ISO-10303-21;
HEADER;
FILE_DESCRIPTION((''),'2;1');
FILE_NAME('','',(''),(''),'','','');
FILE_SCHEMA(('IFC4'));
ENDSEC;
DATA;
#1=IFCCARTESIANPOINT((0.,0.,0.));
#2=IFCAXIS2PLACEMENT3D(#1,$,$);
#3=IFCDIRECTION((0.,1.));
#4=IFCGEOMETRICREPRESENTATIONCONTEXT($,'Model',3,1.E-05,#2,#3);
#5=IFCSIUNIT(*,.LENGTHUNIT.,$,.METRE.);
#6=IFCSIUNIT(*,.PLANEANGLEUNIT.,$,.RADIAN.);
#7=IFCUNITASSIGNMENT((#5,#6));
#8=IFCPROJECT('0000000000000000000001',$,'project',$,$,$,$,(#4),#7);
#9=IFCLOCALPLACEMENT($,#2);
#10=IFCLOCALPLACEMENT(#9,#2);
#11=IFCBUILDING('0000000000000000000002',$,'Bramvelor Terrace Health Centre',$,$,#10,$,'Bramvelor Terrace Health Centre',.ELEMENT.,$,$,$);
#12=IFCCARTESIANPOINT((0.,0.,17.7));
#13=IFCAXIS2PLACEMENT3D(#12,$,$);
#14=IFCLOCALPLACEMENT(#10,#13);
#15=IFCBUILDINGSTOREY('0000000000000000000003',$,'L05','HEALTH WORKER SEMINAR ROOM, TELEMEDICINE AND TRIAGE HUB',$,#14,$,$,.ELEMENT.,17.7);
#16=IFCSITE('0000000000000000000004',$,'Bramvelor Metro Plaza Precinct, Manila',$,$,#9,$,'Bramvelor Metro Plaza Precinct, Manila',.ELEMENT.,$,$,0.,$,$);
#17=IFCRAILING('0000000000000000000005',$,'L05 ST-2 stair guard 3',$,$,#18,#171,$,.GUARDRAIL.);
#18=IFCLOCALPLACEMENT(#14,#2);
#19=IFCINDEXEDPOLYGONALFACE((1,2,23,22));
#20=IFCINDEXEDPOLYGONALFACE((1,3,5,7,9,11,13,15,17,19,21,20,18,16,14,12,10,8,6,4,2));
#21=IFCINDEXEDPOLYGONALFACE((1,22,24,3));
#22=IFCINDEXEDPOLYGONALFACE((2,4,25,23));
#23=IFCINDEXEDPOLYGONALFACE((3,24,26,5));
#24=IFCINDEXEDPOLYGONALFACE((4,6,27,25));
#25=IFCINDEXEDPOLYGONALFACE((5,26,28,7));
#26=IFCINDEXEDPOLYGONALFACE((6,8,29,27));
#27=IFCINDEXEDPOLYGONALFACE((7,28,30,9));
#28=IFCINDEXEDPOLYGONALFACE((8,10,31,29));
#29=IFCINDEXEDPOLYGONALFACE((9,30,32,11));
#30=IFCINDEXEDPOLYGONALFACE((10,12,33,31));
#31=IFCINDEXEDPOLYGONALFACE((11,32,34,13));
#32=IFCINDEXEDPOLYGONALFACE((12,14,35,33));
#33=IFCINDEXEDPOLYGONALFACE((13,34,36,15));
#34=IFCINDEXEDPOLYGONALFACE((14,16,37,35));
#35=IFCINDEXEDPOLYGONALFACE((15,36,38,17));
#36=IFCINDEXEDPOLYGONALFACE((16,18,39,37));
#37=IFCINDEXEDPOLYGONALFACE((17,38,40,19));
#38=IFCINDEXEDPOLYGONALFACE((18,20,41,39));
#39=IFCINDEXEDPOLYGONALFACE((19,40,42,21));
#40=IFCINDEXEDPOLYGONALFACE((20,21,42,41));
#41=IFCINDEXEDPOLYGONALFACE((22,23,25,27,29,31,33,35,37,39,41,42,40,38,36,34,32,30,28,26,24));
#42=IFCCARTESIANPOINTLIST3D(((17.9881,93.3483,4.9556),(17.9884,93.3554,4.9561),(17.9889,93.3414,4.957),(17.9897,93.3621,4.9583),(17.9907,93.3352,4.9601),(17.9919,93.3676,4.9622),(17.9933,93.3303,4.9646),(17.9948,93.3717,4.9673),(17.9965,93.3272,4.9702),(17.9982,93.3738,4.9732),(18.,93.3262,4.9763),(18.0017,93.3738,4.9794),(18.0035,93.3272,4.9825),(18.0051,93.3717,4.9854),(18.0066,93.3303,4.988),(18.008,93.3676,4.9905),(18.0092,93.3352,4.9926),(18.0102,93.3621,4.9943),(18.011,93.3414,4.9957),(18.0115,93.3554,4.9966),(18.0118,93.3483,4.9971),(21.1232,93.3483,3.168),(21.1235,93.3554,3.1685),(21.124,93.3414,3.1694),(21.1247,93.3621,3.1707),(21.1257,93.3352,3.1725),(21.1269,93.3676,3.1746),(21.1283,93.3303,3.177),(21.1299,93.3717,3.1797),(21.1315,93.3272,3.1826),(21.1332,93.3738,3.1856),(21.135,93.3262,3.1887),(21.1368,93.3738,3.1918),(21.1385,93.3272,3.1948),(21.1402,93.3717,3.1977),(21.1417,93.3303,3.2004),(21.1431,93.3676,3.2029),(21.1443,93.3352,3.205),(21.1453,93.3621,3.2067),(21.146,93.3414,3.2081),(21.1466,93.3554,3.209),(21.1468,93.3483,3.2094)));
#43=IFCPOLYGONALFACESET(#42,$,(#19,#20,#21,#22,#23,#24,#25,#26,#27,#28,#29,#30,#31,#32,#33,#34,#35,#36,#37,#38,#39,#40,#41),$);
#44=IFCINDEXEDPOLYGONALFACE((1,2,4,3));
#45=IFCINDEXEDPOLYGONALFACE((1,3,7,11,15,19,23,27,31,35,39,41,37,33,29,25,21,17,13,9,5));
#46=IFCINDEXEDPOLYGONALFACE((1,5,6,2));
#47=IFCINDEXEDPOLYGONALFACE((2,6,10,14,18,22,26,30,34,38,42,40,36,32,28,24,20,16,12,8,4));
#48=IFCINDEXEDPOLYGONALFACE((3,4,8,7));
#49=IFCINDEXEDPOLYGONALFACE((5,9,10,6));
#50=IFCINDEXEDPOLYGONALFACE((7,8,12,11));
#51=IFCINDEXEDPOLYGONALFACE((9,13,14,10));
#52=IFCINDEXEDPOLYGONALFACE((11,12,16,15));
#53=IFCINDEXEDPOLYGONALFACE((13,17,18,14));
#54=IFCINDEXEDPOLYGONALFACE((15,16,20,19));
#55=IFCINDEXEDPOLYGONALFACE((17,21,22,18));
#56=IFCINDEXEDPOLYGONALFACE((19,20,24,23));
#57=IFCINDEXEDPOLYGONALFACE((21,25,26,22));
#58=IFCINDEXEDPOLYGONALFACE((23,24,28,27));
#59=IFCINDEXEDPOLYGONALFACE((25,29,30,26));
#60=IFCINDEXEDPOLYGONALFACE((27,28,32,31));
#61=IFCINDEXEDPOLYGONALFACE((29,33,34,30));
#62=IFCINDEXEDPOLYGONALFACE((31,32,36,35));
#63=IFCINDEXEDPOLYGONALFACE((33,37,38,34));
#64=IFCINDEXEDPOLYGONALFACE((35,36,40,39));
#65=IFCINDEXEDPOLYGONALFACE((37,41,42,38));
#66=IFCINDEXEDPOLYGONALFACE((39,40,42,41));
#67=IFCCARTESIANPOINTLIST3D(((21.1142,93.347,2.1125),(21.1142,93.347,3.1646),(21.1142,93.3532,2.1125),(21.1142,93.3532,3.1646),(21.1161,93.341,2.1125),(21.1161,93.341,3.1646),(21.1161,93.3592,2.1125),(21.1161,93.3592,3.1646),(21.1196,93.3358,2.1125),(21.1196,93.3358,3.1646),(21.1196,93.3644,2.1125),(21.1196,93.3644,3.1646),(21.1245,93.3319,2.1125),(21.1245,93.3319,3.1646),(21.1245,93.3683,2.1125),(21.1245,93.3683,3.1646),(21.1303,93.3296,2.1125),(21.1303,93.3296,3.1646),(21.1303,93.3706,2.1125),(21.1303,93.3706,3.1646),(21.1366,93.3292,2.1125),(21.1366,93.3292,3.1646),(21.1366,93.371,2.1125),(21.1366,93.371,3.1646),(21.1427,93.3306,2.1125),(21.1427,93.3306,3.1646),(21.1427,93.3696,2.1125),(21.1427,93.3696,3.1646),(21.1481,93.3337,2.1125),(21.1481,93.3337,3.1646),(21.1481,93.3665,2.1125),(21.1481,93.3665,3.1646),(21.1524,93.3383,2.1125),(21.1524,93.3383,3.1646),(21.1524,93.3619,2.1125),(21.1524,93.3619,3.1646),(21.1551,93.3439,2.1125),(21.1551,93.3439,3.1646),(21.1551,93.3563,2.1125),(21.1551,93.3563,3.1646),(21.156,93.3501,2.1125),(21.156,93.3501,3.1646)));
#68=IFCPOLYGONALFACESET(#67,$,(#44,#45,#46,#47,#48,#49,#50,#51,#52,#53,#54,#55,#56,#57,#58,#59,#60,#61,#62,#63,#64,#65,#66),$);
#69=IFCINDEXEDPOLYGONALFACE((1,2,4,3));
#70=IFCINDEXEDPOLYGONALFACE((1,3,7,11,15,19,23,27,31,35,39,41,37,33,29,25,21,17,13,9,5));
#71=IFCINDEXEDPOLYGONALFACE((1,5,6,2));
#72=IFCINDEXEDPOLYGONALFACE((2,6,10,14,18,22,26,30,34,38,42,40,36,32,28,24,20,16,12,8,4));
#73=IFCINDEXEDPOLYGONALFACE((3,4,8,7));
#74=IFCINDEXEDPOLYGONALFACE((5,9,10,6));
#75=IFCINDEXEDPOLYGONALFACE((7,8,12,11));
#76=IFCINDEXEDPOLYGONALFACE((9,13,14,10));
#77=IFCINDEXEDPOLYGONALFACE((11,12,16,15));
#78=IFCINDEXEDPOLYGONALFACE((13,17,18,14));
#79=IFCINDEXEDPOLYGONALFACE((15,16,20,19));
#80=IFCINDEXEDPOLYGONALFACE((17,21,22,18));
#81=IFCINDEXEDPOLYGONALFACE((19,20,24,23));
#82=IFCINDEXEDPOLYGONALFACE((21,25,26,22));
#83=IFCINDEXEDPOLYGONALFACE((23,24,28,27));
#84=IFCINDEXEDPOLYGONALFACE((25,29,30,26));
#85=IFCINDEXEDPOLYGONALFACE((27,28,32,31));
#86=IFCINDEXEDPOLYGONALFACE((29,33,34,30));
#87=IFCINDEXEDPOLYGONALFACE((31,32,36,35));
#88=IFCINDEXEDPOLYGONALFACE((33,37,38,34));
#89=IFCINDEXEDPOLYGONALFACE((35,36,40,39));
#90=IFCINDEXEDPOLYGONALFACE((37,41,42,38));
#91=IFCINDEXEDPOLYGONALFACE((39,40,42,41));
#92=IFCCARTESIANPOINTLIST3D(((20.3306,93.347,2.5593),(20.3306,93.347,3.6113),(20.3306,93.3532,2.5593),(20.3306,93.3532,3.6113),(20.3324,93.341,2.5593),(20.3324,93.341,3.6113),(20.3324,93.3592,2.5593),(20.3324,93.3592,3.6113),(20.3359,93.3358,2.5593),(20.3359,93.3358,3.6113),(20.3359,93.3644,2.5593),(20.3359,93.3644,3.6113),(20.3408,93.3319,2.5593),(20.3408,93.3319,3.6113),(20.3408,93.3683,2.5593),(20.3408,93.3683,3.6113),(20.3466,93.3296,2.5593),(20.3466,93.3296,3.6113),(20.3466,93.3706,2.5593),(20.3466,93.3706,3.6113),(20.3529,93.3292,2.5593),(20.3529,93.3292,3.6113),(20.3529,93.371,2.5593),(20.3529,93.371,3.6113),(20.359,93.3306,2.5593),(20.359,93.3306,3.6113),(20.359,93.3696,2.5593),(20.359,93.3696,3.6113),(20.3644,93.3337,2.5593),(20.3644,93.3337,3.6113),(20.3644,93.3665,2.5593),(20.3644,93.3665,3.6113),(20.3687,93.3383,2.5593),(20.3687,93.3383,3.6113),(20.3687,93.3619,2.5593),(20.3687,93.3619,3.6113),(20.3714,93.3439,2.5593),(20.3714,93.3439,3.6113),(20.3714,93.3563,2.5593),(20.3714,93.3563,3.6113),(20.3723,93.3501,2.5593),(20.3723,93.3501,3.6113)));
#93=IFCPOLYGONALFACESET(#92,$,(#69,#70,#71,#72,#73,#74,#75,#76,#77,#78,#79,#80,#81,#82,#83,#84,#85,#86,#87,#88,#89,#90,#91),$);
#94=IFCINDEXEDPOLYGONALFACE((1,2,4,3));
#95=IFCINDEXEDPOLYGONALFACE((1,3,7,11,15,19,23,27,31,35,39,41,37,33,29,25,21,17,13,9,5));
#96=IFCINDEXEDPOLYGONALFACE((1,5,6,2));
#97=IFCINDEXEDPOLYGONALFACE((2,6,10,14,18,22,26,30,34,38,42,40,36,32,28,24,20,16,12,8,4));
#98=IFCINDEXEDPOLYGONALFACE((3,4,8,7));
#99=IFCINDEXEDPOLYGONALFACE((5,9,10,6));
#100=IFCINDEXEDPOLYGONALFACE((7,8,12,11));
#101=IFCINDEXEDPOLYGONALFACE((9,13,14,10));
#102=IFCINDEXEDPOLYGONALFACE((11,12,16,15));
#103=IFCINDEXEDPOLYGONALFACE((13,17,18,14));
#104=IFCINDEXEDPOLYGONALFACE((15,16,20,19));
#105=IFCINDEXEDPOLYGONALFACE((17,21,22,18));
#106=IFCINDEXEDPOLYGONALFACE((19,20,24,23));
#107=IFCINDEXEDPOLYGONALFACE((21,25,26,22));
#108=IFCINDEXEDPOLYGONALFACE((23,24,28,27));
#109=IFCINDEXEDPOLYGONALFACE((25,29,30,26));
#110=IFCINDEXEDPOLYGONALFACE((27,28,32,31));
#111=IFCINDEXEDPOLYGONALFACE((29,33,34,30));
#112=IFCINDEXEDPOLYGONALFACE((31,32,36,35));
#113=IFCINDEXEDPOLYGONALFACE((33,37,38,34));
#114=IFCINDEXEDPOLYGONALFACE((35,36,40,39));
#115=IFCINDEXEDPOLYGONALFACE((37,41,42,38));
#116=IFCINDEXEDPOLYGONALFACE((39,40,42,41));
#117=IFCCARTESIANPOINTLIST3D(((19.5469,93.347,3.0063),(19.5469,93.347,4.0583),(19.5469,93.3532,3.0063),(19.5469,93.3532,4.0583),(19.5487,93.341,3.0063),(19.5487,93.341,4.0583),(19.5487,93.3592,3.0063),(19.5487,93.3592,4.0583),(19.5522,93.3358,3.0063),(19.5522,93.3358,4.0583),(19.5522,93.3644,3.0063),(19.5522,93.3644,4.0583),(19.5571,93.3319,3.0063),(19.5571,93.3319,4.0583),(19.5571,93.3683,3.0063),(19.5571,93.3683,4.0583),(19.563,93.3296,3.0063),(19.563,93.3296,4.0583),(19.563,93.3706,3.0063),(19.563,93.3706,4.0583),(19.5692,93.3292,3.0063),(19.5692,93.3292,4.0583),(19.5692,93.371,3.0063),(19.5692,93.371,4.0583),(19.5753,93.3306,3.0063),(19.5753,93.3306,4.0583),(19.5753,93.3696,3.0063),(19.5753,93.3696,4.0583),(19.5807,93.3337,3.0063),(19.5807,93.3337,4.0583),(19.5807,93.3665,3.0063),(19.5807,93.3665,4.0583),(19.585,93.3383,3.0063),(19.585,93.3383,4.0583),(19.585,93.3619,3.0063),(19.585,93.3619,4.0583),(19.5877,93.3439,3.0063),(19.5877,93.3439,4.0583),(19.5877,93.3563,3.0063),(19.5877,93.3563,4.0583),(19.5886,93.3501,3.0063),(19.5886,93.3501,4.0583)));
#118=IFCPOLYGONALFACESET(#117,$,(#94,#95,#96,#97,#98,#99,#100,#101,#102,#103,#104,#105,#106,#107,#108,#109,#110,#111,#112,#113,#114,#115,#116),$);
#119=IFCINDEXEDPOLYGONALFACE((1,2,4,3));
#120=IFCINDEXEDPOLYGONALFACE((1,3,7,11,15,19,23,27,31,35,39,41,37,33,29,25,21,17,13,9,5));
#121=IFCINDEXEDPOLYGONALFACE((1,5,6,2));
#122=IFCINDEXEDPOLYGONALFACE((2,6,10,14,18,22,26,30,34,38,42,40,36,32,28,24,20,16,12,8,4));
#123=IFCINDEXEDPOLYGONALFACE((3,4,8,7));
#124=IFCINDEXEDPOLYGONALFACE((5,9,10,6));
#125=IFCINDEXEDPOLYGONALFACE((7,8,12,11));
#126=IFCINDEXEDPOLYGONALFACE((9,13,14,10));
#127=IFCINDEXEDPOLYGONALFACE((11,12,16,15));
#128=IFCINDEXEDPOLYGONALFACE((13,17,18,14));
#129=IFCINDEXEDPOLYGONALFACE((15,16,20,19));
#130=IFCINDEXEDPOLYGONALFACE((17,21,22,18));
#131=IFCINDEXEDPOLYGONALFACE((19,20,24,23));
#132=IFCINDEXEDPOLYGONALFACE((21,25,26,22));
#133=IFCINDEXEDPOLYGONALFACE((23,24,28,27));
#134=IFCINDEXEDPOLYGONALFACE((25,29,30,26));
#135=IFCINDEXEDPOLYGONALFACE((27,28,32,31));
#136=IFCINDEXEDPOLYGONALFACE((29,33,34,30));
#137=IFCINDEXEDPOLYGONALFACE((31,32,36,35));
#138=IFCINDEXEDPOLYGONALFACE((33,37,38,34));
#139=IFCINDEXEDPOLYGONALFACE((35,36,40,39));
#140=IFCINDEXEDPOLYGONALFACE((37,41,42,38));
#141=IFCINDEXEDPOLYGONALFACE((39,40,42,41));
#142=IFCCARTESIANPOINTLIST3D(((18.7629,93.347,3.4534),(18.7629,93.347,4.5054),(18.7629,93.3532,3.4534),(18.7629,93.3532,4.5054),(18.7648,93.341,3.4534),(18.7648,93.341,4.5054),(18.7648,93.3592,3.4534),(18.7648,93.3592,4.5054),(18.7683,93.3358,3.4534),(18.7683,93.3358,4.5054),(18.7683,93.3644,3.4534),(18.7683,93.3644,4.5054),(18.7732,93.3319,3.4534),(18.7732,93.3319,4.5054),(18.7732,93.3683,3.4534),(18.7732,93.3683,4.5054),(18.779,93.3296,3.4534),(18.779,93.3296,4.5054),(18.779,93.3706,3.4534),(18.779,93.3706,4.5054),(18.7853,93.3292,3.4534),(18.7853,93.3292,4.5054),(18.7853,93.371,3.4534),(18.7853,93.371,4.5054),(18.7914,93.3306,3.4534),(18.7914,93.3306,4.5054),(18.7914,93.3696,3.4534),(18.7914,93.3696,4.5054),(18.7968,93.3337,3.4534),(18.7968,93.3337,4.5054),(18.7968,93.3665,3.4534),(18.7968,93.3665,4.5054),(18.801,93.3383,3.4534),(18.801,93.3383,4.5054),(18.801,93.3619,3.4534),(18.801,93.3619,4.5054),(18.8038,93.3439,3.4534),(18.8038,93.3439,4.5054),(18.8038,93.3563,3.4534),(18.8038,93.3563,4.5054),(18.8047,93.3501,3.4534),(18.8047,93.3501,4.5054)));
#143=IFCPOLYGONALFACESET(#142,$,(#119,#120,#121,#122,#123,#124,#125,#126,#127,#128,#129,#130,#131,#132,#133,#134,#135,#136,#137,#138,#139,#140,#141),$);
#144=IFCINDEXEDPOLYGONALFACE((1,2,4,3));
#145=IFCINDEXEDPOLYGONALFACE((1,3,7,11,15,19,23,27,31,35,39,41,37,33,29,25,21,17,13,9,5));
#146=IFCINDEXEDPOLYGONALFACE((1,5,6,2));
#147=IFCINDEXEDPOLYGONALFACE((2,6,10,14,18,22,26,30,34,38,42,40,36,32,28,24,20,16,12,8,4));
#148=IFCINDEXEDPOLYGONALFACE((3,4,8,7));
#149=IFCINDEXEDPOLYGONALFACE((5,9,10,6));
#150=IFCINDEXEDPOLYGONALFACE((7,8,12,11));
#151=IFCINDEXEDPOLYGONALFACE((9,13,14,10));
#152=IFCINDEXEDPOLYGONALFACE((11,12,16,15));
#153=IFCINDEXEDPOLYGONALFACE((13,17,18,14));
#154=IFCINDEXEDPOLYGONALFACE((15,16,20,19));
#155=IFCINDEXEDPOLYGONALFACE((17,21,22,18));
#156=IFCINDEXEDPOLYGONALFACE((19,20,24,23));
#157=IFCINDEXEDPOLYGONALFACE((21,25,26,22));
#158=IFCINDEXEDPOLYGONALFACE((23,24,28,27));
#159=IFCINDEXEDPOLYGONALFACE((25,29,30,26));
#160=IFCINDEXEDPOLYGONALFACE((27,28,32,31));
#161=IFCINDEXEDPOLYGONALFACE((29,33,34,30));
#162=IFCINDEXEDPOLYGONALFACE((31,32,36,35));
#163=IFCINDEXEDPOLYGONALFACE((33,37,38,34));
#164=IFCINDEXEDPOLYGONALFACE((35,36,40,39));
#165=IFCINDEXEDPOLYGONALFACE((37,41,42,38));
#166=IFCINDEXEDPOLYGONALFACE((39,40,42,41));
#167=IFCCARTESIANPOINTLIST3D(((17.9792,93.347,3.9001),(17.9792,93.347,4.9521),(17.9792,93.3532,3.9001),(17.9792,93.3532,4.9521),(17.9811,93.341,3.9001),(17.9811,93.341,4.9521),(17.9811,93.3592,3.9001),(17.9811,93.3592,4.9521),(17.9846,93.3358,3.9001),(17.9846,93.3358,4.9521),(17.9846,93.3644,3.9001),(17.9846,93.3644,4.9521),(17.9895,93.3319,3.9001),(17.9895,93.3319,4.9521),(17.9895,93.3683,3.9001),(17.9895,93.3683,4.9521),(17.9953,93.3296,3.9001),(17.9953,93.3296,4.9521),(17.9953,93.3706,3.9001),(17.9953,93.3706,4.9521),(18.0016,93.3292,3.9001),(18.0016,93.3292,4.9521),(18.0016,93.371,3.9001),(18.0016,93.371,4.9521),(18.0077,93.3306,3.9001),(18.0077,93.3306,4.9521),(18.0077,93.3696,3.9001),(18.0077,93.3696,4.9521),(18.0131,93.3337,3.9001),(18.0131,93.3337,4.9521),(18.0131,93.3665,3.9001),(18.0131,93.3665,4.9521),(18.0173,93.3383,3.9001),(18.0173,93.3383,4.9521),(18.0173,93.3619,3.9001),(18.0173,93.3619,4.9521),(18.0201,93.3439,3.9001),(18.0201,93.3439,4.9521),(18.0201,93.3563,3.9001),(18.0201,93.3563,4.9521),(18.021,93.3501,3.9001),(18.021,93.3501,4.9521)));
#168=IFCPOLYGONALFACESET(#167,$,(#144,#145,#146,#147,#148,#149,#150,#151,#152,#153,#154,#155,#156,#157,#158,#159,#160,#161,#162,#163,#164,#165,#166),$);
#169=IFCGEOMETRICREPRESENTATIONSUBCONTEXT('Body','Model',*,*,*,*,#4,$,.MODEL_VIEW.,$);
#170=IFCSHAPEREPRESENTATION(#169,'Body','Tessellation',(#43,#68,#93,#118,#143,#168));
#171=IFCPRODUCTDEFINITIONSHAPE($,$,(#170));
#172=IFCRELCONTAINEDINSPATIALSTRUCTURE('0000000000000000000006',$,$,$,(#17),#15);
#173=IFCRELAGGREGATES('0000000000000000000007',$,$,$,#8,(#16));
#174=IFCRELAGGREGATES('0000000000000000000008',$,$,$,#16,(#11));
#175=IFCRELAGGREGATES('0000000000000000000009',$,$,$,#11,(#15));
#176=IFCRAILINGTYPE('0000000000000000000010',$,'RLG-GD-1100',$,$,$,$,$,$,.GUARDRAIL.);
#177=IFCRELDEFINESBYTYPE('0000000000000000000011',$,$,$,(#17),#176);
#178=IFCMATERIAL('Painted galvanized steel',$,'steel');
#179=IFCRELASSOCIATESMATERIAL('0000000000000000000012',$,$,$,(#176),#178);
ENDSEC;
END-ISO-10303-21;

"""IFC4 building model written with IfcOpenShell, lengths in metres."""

from ifc_helpers import new_model, si_unit, direction, frame, origin, origin_2d, place, context, subcontext, project, spatial, circle, extrude, material, type_object, element, save


model = new_model("IFC4")

# Units and contexts
model_context = context("Model", 3, precision=1e-05, world=origin(), true_north=direction((0.0, 1.0)))
body_context = subcontext(model_context, "Body", "Model", "MODEL_VIEW")
ifc_project = project(units=[si_unit("LENGTHUNIT", "METRE"), si_unit("PLANEANGLEUNIT", "RADIAN")], contexts=[model_context])

# Site, building, storey
site_placement = place(None, origin())
site = spatial("IfcSite", under=ifc_project, at=site_placement, Name="Bramvelor Metro Plaza Precinct, Manila", LongName="Bramvelor Metro Plaza Precinct, Manila", CompositionType="ELEMENT", RefElevation=0.0)
building_placement = place(site_placement, origin())
building = spatial("IfcBuilding", under=site, at=building_placement, Name="Bramvelor Terrace Health Centre", LongName="Bramvelor Terrace Health Centre", CompositionType="ELEMENT")
storey_placement = place(building_placement, frame((0.0, 0.0, 17.7)))
storey = spatial("IfcBuildingStorey", under=building, at=storey_placement, Name="L05", Description="HEALTH WORKER SEMINAR ROOM, TELEMEDICINE AND TRIAGE HUB", CompositionType="ELEMENT", Elevation=17.7)

# Railing
ifc_material_1 = material(Name="Painted galvanized steel", Category="steel")
railing_type_1 = type_object("IfcRailingType", Name="RLG-GD-1100", PredefinedType="GUARDRAIL", material=ifc_material_1)
railing_1_placement = place(storey_placement, frame((21.135, 93.3501, 2.1125)))
element("IfcRailing", 1, at=railing_1_placement, inside=storey, type_object=railing_type_1, Name="L05 ST-2 stair guard 3", PredefinedType="GUARDRAIL", context=body_context, shape_type="SweptSolid", body=[
    extrude(circle(Radius=0.0239, at=origin_2d()), frame((0.0, 0.0, 1.0762), z_axis=(-0.868701, 0.0, 0.495337), x_axis=(0.0, -1.0, 0.0)), (0.0, 0.0, 1.0), 3.6089),
    extrude(circle(Radius=0.021, at=origin_2d()), origin(), (0.0, 0.0, 1.0), 1.052),
    extrude(circle(Radius=0.021, at=origin_2d()), frame((-0.7837, 0.0, 0.4468)), (0.0, 0.0, 1.0), 1.052),
    extrude(circle(Radius=0.021, at=origin_2d()), frame((-1.5674, 0.0, 0.8938)), (0.0, 0.0, 1.0), 1.052),
    extrude(circle(Radius=0.021, at=origin_2d()), frame((-2.3513, 0.0, 1.3408)), (0.0, 0.0, 1.0), 1.052),
    extrude(circle(Radius=0.021, at=origin_2d()), frame((-3.135, 0.0, 1.7876)), (0.0, 0.0, 1.0), 1.052),
])

save(model, "model.ifc")
